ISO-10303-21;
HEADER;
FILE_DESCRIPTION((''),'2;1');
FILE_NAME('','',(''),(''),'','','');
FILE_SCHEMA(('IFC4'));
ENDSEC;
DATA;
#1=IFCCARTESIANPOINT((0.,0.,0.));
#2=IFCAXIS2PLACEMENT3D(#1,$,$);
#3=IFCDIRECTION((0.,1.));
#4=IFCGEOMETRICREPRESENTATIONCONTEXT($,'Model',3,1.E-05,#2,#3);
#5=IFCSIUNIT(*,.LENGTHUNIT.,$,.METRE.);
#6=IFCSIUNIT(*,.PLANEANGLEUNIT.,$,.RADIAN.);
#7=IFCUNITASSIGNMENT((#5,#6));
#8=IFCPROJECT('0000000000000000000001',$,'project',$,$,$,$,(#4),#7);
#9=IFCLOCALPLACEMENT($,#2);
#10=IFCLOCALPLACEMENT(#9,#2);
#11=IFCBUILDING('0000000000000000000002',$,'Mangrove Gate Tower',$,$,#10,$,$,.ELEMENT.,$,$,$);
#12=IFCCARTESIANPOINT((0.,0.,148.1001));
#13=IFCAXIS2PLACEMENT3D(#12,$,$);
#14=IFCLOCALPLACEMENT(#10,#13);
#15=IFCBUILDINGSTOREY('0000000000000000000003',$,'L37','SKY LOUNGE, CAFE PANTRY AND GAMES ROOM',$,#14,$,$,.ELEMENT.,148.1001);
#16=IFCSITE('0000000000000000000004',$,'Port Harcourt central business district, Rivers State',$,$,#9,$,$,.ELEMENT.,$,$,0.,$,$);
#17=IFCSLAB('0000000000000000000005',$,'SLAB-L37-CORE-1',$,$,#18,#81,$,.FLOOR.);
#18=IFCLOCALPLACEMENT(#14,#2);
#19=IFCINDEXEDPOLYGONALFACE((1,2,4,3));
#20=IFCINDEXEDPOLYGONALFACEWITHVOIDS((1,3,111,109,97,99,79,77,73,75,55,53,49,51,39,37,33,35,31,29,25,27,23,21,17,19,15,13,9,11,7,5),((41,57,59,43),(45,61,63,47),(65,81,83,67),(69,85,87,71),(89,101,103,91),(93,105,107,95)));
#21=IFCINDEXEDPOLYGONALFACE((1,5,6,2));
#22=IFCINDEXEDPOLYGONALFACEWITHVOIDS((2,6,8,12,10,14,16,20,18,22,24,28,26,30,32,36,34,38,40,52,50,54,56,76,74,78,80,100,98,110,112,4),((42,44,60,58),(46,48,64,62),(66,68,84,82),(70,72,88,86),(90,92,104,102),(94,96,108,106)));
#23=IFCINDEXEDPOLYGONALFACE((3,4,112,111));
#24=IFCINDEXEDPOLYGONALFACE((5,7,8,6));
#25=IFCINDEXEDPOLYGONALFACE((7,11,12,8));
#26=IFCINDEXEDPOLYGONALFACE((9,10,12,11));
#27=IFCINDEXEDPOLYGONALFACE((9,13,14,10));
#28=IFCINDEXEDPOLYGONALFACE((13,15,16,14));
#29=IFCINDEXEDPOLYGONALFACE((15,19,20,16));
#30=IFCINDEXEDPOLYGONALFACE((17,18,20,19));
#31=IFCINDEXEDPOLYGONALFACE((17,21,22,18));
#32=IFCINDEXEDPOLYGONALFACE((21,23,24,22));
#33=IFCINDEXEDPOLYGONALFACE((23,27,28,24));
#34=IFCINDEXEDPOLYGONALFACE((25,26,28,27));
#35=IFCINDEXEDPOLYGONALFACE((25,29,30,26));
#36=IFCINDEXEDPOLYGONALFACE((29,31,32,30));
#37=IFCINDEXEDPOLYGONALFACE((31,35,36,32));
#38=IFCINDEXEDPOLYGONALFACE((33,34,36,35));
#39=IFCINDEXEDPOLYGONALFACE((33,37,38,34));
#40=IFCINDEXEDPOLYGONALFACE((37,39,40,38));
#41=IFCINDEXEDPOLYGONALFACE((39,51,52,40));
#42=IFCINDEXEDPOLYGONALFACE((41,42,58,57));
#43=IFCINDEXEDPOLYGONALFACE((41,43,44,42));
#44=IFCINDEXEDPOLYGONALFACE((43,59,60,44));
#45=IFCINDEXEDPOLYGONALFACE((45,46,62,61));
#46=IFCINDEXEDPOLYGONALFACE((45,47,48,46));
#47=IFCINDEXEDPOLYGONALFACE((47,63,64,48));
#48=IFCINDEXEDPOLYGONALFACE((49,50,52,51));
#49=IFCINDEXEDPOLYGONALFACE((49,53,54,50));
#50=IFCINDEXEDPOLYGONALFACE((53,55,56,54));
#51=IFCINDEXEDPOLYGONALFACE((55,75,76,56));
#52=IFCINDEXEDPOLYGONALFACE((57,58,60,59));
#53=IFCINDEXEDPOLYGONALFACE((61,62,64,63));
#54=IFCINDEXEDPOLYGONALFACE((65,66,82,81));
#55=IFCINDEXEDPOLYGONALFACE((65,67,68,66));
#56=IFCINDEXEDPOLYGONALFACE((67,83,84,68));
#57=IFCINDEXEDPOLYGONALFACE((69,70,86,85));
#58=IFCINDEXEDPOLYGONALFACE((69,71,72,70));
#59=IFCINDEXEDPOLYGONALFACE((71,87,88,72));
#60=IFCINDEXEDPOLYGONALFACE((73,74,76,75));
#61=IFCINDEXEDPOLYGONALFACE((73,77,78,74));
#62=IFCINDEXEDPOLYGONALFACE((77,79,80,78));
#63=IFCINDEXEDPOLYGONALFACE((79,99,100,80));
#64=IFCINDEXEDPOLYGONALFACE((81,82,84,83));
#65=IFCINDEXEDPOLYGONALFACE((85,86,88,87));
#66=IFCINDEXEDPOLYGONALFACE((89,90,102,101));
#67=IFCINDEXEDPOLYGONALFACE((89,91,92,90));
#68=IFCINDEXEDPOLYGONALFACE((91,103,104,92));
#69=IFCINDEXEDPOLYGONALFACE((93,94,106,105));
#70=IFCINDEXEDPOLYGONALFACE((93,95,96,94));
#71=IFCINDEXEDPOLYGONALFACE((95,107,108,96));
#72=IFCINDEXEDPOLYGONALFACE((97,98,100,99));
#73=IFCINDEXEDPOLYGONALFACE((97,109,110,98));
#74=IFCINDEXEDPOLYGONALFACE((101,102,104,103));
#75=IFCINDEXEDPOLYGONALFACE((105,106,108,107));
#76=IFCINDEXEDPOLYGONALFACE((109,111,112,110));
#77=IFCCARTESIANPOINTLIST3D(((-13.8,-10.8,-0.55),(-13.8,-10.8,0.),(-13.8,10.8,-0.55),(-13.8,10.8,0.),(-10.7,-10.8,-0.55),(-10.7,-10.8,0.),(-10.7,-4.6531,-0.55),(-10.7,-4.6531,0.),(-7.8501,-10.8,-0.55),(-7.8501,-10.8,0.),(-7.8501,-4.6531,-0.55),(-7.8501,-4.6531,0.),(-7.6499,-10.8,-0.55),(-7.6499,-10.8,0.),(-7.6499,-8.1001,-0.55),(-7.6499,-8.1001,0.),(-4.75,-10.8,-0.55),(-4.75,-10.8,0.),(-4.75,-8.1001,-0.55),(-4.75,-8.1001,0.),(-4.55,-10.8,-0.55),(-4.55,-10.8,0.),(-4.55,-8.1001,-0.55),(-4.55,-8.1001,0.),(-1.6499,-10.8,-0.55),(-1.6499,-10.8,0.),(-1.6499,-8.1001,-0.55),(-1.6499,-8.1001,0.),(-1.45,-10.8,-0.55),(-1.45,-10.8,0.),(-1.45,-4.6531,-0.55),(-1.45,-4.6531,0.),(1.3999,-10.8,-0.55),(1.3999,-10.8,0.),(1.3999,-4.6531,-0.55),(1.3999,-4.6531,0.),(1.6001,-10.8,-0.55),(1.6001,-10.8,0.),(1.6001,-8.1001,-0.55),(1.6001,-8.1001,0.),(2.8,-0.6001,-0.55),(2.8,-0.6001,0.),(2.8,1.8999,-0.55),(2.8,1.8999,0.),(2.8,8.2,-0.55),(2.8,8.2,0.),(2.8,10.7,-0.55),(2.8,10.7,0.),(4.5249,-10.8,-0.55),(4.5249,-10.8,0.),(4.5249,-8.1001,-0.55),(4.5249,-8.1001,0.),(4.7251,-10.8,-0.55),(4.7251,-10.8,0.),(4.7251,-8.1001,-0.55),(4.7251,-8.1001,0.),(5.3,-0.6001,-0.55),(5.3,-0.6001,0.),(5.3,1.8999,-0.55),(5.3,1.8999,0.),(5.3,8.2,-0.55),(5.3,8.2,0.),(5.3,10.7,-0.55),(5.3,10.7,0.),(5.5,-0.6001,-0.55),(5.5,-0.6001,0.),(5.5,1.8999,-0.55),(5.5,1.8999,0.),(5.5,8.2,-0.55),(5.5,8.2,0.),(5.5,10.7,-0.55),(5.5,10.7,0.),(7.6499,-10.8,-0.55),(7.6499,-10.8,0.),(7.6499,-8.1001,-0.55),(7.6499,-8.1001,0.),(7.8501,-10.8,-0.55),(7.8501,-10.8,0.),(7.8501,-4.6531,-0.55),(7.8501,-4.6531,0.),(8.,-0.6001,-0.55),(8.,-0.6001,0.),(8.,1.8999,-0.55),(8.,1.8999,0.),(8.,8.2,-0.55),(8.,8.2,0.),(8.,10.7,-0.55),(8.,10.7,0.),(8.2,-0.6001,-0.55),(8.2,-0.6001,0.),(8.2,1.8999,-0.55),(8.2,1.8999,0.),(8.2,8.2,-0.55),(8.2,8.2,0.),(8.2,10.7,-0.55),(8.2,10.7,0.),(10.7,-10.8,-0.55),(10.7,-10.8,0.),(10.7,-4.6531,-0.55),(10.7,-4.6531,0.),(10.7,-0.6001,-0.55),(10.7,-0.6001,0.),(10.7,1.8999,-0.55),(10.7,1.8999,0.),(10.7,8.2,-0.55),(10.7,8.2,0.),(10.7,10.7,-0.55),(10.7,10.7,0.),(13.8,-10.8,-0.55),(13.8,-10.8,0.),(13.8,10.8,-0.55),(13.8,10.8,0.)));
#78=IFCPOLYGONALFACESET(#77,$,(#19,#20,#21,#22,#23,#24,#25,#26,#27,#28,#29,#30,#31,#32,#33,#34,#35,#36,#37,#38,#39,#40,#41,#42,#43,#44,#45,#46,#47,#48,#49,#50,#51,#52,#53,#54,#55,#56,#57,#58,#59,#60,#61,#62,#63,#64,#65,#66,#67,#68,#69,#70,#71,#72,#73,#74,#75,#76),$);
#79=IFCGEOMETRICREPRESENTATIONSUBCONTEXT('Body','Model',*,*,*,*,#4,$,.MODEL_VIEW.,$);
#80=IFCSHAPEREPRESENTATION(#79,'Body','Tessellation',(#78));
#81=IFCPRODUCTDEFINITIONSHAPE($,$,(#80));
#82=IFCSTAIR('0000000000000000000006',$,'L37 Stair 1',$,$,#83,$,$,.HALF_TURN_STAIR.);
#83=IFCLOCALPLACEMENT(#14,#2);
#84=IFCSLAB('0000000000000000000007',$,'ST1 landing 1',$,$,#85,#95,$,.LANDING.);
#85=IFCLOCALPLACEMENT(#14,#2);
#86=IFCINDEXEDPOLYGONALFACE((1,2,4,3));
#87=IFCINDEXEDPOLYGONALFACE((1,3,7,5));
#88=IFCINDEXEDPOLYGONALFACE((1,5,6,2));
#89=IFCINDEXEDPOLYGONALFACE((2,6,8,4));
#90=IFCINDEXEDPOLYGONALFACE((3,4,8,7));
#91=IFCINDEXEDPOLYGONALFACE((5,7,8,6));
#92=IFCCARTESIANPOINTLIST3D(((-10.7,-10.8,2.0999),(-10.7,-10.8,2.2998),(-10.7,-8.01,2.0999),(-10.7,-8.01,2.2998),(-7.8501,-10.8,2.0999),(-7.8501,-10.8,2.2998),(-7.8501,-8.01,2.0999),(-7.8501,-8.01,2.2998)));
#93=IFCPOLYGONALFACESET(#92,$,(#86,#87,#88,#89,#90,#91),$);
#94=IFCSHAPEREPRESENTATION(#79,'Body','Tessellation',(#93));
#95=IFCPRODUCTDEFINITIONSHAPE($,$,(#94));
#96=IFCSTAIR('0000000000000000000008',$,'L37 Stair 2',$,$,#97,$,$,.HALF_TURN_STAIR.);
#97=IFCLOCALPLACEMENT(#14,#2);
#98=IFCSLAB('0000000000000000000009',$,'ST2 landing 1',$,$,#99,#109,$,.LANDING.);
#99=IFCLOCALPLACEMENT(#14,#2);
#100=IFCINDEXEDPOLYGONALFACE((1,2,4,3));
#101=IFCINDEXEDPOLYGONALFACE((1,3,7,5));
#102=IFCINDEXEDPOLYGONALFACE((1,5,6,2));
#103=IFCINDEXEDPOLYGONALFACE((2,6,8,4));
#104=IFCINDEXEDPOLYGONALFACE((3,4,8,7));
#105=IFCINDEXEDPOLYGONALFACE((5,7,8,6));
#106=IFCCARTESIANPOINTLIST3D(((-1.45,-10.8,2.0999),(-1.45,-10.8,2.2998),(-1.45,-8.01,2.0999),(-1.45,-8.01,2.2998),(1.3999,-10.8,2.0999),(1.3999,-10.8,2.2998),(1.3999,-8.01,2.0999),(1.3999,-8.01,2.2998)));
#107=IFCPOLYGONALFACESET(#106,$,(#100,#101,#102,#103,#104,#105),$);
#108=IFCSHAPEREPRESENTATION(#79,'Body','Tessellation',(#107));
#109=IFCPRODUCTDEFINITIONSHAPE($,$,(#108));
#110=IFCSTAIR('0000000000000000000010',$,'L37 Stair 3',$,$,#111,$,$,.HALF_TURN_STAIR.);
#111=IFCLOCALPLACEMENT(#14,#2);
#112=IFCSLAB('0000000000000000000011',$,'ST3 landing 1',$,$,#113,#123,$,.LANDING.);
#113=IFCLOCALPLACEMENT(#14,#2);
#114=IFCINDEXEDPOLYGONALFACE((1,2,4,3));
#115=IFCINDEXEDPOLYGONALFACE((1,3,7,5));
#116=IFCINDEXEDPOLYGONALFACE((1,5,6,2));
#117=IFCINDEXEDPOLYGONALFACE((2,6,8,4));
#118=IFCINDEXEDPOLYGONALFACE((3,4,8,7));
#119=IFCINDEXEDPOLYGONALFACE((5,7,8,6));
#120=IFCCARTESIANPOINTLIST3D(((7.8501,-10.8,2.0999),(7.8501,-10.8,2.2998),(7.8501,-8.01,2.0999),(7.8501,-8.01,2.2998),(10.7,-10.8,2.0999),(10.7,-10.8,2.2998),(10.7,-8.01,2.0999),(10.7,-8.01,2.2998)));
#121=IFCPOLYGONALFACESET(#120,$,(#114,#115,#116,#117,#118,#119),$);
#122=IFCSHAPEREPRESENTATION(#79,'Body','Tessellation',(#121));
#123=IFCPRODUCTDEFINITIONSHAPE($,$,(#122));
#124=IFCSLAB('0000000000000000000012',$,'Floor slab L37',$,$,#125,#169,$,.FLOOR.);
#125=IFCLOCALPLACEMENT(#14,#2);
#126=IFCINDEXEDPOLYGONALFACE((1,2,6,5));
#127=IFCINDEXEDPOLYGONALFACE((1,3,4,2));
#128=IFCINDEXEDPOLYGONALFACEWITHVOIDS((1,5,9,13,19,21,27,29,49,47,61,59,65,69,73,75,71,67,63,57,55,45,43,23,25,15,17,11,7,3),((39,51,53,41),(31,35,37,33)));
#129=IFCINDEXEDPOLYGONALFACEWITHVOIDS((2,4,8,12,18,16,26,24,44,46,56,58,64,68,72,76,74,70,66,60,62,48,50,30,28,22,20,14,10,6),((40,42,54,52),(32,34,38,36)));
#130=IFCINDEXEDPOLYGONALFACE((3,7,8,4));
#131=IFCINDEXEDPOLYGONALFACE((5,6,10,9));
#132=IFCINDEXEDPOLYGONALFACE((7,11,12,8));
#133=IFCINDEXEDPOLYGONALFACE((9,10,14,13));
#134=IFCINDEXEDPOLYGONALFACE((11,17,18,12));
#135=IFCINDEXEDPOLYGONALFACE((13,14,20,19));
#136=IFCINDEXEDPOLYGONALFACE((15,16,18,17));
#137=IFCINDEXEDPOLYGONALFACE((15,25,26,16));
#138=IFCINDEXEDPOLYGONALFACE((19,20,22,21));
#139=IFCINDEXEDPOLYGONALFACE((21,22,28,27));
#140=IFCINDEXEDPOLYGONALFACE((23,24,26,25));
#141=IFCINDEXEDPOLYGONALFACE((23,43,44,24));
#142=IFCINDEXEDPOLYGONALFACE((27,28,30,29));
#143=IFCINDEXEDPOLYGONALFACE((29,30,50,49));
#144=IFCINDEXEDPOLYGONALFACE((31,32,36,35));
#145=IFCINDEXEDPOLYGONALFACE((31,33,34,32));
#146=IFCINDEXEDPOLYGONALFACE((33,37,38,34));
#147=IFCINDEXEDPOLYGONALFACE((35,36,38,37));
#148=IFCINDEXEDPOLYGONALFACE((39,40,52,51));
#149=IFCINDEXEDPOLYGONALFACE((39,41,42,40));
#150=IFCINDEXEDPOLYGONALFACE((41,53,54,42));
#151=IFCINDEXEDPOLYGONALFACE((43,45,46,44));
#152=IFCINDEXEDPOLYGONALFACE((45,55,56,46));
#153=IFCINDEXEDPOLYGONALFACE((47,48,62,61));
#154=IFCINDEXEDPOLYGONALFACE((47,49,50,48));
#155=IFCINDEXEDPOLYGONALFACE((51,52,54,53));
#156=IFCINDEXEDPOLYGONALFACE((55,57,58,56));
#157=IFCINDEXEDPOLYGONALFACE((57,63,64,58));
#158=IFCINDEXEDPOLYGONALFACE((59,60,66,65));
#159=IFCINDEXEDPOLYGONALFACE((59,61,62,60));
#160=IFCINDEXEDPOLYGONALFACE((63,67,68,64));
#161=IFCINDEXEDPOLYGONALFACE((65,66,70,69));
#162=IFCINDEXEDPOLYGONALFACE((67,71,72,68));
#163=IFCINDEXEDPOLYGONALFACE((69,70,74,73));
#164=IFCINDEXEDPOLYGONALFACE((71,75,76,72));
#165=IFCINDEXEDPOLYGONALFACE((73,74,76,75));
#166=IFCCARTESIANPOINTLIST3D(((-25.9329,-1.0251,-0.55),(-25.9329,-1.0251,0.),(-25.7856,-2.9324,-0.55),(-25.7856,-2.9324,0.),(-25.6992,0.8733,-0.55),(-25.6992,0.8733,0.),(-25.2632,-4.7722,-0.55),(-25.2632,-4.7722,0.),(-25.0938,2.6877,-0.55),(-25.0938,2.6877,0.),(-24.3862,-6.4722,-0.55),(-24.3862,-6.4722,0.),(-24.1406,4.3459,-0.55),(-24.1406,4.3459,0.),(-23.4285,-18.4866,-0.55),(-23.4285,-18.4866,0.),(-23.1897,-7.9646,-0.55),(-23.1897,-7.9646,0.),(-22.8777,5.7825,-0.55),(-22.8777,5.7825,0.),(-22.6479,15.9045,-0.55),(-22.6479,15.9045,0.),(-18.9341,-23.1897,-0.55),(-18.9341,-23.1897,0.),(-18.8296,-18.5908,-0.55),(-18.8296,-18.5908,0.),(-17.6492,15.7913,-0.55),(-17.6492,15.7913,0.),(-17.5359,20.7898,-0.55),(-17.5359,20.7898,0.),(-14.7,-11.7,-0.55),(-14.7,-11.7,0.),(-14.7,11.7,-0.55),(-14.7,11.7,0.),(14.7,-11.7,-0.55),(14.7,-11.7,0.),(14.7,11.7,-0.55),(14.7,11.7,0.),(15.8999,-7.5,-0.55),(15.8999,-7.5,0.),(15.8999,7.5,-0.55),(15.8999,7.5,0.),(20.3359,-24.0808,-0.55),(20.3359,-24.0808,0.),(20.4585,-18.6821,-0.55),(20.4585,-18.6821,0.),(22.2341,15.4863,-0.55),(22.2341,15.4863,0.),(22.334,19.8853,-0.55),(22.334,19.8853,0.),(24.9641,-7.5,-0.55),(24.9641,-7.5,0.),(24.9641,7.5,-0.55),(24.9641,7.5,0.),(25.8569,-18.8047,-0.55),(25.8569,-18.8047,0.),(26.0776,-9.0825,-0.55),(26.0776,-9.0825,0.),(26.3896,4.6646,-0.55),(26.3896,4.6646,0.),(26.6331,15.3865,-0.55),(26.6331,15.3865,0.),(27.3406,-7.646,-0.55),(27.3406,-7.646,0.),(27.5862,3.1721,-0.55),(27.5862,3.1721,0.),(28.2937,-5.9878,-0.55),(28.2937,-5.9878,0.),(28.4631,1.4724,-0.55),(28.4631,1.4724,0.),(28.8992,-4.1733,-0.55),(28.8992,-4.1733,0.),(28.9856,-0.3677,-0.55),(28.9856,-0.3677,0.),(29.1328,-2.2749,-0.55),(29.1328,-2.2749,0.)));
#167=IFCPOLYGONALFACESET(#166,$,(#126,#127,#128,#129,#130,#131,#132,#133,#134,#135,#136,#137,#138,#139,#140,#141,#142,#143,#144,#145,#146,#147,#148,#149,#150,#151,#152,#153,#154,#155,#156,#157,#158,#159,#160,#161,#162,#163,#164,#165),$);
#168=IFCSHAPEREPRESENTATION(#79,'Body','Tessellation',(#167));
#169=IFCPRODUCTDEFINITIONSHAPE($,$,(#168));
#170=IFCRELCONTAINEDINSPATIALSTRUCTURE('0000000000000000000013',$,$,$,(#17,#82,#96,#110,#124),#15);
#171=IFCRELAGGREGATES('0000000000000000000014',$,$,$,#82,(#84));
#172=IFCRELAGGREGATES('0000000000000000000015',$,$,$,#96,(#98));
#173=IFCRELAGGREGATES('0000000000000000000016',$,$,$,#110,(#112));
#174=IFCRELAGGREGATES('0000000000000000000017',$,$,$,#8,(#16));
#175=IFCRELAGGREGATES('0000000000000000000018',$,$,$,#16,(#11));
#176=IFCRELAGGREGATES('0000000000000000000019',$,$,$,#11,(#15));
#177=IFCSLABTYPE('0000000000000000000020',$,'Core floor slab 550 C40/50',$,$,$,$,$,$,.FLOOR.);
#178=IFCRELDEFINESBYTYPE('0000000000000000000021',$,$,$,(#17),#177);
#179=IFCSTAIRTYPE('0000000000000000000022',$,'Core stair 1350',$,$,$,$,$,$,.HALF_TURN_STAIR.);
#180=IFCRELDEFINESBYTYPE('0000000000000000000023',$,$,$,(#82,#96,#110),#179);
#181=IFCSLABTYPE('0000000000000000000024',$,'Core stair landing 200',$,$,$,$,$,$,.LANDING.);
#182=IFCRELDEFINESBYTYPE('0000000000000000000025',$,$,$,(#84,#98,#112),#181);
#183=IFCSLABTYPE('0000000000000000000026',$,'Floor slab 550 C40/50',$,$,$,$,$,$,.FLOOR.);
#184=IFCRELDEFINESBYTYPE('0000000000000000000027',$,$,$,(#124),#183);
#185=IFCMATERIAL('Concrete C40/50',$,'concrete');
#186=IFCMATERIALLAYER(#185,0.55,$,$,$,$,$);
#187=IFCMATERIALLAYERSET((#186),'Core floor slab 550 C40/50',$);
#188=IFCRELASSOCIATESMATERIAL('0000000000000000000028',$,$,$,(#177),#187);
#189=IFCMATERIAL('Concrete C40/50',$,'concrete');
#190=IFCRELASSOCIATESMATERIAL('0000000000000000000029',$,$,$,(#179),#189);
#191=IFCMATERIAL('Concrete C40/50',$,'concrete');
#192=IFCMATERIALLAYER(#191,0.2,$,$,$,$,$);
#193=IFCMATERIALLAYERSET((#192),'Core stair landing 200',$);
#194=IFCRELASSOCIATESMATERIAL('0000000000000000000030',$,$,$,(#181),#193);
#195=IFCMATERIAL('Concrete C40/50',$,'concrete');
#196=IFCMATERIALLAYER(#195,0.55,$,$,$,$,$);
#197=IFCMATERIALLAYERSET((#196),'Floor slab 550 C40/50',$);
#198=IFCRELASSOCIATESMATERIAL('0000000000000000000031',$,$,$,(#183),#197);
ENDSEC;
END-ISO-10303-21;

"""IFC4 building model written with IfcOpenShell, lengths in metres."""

from ifc_helpers import new_model, si_unit, direction, frame, origin, place, context, subcontext, project, spatial, polyline, outline, extrude, material, layer, layer_set, type_object, element, aggregate, save


model = new_model("IFC4")

# Units and contexts
model_context = context("Model", 3, precision=1e-05, world=origin(), true_north=direction((0.0, 1.0)))
body_context = subcontext(model_context, "Body", "Model", "MODEL_VIEW")
ifc_project = project(units=[si_unit("LENGTHUNIT", "METRE"), si_unit("PLANEANGLEUNIT", "RADIAN")], contexts=[model_context])

# Site, building, storey
site_placement = place(None, origin())
site = spatial("IfcSite", under=ifc_project, at=site_placement, Name="Port Harcourt central business district, Rivers State", CompositionType="ELEMENT", RefElevation=0.0)
building_placement = place(site_placement, origin())
building = spatial("IfcBuilding", under=site, at=building_placement, Name="Mangrove Gate Tower", CompositionType="ELEMENT")
storey_placement = place(building_placement, frame((0.0, 0.0, 148.1001)))
storey = spatial("IfcBuildingStorey", under=building, at=storey_placement, Name="L37", Description="SKY LOUNGE, CAFE PANTRY AND GAMES ROOM", CompositionType="ELEMENT", Elevation=148.1001)

# Slab
ifc_material_1 = material(Name="Concrete C40/50", Category="concrete")
ifc_layer_1 = layer(ifc_material_1, 0.55)
ifc_layer_set_1 = layer_set([ifc_layer_1], Name="Core floor slab 550 C40/50")
slab_type_1 = type_object("IfcSlabType", Name="Core floor slab 550 C40/50", PredefinedType="FLOOR", material=ifc_layer_set_1)
slab_1_placement = place(storey_placement, frame((0.0, 0.0, -0.55)))
element("IfcSlab", 1, at=slab_1_placement, inside=storey, type_object=slab_type_1, Name="SLAB-L37-CORE-1", PredefinedType="FLOOR", context=body_context, shape_type="SweptSolid", body=[
    extrude(outline(polyline([(-13.8, -10.8), (-13.8, 10.8), (13.8, 10.8), (13.8, -10.8), (10.7, -10.8), (10.7, -4.6531), (7.8501, -4.6531), (7.8501, -10.8), (7.6499, -10.8), (7.6499, -8.1001), (4.7251, -8.1001), (4.7251, -10.8), (4.5249, -10.8), (4.5249, -8.1001), (1.6001, -8.1001), (1.6001, -10.8), (1.3999, -10.8), (1.3999, -4.6531), (-1.45, -4.6531), (-1.45, -10.8), (-1.6499, -10.8), (-1.6499, -8.1001), (-4.55, -8.1001), (-4.55, -10.8), (-4.75, -10.8), (-4.75, -8.1001), (-7.6499, -8.1001), (-7.6499, -10.8), (-7.8501, -10.8), (-7.8501, -4.6531), (-10.7, -4.6531), (-10.7, -10.8), (-13.8, -10.8)]), holes=[polyline([(5.3, -0.6001), (5.3, 1.8999), (2.8, 1.8999), (2.8, -0.6001), (5.3, -0.6001)]), polyline([(5.3, 10.7), (2.8, 10.7), (2.8, 8.2), (5.3, 8.2), (5.3, 10.7)]), polyline([(8.0, -0.6001), (8.0, 1.8999), (5.5, 1.8999), (5.5, -0.6001), (8.0, -0.6001)]), polyline([(10.7, -0.6001), (10.7, 1.8999), (8.2, 1.8999), (8.2, -0.6001), (10.7, -0.6001)]), polyline([(8.0, 8.2), (8.0, 10.7), (5.5, 10.7), (5.5, 8.2), (8.0, 8.2)]), polyline([(10.7, 8.2), (10.7, 10.7), (8.2, 10.7), (8.2, 8.2), (10.7, 8.2)])]), origin(), (0.0, 0.0, 1.0), 0.55),
])

# Stairs, slabs
ifc_material_2 = material(Name="Concrete C40/50", Category="concrete")
stair_type = type_object("IfcStairType", Name="Core stair 1350", PredefinedType="HALF_TURN_STAIR", material=ifc_material_2)
stair_1_placement = place(storey_placement, origin())
stair_1 = element("IfcStair", 2, at=stair_1_placement, inside=storey, type_object=stair_type, Name="L37 Stair 1", PredefinedType="HALF_TURN_STAIR")
ifc_material_3 = material(Name="Concrete C40/50", Category="concrete")
ifc_layer_2 = layer(ifc_material_3, 0.2)
ifc_layer_set_2 = layer_set([ifc_layer_2], Name="Core stair landing 200")
slab_type_2 = type_object("IfcSlabType", Name="Core stair landing 200", PredefinedType="LANDING", material=ifc_layer_set_2)
slab_2_placement = place(storey_placement, frame((0.0, 0.0, 2.0999)))
slab_2 = element("IfcSlab", 3, at=slab_2_placement, type_object=slab_type_2, Name="ST1 landing 1", PredefinedType="LANDING", context=body_context, shape_type="SweptSolid", body=[
    extrude(outline(polyline([(-10.7, -8.01), (-10.7, -10.8), (-7.8501, -10.8), (-7.8501, -8.01), (-10.7, -8.01)])), origin(), (0.0, 0.0, 1.0), 0.2),
])
aggregate(stair_1, [slab_2])
stair_2_placement = place(storey_placement, origin())
stair_2 = element("IfcStair", 4, at=stair_2_placement, inside=storey, type_object=stair_type, Name="L37 Stair 2", PredefinedType="HALF_TURN_STAIR")
slab_3_placement = place(storey_placement, frame((0.0, 0.0, 2.0999)))
slab_3 = element("IfcSlab", 5, at=slab_3_placement, type_object=slab_type_2, Name="ST2 landing 1", PredefinedType="LANDING", context=body_context, shape_type="SweptSolid", body=[
    extrude(outline(polyline([(-1.45, -8.01), (-1.45, -10.8), (1.3999, -10.8), (1.3999, -8.01), (-1.45, -8.01)])), origin(), (0.0, 0.0, 1.0), 0.2),
])
aggregate(stair_2, [slab_3])
stair_3_placement = place(storey_placement, origin())
stair_3 = element("IfcStair", 6, at=stair_3_placement, inside=storey, type_object=stair_type, Name="L37 Stair 3", PredefinedType="HALF_TURN_STAIR")
slab_4_placement = place(storey_placement, frame((0.0, 0.0, 2.0999)))
slab_4 = element("IfcSlab", 7, at=slab_4_placement, type_object=slab_type_2, Name="ST3 landing 1", PredefinedType="LANDING", context=body_context, shape_type="SweptSolid", body=[
    extrude(outline(polyline([(7.8501, -8.01), (7.8501, -10.8), (10.7, -10.8), (10.7, -8.01), (7.8501, -8.01)])), origin(), (0.0, 0.0, 1.0), 0.2),
])
aggregate(stair_3, [slab_4])

# Slab
ifc_material_4 = material(Name="Concrete C40/50", Category="concrete")
ifc_layer_3 = layer(ifc_material_4, 0.55)
ifc_layer_set_3 = layer_set([ifc_layer_3], Name="Floor slab 550 C40/50")
slab_type_3 = type_object("IfcSlabType", Name="Floor slab 550 C40/50", PredefinedType="FLOOR", material=ifc_layer_set_3)
slab_5_placement = place(storey_placement, frame((0.0, 0.0, -0.55)))
element("IfcSlab", 8, at=slab_5_placement, inside=storey, type_object=slab_type_3, Name="Floor slab L37", PredefinedType="FLOOR", context=body_context, shape_type="SweptSolid", body=[
    extrude(outline(polyline([(-18.9341, -23.1897), (20.3359, -24.0808), (20.4585, -18.6821), (25.8569, -18.8047), (26.0776, -9.0825), (27.3406, -7.646), (28.2937, -5.9878), (28.8992, -4.1733), (29.1328, -2.2749), (28.9856, -0.3677), (28.4631, 1.4724), (27.5862, 3.1721), (26.3896, 4.6646), (26.6331, 15.3865), (22.2341, 15.4863), (22.334, 19.8853), (-17.5359, 20.7898), (-17.6492, 15.7913), (-22.6479, 15.9045), (-22.8777, 5.7825), (-24.1406, 4.3459), (-25.0938, 2.6877), (-25.6992, 0.8733), (-25.9329, -1.0251), (-25.7856, -2.9324), (-25.2632, -4.7722), (-24.3862, -6.4722), (-23.1897, -7.9646), (-23.4285, -18.4866), (-18.8296, -18.5908), (-18.9341, -23.1897)]), holes=[polyline([(15.8999, 7.5), (24.9641, 7.5), (24.9641, -7.5), (15.8999, -7.5), (15.8999, 7.5)]), polyline([(-14.7, -11.7), (-14.7, 11.7), (14.7, 11.7), (14.7, -11.7), (-14.7, -11.7)])]), origin(), (0.0, 0.0, 1.0), 0.55),
])

save(model, "model.ifc")
